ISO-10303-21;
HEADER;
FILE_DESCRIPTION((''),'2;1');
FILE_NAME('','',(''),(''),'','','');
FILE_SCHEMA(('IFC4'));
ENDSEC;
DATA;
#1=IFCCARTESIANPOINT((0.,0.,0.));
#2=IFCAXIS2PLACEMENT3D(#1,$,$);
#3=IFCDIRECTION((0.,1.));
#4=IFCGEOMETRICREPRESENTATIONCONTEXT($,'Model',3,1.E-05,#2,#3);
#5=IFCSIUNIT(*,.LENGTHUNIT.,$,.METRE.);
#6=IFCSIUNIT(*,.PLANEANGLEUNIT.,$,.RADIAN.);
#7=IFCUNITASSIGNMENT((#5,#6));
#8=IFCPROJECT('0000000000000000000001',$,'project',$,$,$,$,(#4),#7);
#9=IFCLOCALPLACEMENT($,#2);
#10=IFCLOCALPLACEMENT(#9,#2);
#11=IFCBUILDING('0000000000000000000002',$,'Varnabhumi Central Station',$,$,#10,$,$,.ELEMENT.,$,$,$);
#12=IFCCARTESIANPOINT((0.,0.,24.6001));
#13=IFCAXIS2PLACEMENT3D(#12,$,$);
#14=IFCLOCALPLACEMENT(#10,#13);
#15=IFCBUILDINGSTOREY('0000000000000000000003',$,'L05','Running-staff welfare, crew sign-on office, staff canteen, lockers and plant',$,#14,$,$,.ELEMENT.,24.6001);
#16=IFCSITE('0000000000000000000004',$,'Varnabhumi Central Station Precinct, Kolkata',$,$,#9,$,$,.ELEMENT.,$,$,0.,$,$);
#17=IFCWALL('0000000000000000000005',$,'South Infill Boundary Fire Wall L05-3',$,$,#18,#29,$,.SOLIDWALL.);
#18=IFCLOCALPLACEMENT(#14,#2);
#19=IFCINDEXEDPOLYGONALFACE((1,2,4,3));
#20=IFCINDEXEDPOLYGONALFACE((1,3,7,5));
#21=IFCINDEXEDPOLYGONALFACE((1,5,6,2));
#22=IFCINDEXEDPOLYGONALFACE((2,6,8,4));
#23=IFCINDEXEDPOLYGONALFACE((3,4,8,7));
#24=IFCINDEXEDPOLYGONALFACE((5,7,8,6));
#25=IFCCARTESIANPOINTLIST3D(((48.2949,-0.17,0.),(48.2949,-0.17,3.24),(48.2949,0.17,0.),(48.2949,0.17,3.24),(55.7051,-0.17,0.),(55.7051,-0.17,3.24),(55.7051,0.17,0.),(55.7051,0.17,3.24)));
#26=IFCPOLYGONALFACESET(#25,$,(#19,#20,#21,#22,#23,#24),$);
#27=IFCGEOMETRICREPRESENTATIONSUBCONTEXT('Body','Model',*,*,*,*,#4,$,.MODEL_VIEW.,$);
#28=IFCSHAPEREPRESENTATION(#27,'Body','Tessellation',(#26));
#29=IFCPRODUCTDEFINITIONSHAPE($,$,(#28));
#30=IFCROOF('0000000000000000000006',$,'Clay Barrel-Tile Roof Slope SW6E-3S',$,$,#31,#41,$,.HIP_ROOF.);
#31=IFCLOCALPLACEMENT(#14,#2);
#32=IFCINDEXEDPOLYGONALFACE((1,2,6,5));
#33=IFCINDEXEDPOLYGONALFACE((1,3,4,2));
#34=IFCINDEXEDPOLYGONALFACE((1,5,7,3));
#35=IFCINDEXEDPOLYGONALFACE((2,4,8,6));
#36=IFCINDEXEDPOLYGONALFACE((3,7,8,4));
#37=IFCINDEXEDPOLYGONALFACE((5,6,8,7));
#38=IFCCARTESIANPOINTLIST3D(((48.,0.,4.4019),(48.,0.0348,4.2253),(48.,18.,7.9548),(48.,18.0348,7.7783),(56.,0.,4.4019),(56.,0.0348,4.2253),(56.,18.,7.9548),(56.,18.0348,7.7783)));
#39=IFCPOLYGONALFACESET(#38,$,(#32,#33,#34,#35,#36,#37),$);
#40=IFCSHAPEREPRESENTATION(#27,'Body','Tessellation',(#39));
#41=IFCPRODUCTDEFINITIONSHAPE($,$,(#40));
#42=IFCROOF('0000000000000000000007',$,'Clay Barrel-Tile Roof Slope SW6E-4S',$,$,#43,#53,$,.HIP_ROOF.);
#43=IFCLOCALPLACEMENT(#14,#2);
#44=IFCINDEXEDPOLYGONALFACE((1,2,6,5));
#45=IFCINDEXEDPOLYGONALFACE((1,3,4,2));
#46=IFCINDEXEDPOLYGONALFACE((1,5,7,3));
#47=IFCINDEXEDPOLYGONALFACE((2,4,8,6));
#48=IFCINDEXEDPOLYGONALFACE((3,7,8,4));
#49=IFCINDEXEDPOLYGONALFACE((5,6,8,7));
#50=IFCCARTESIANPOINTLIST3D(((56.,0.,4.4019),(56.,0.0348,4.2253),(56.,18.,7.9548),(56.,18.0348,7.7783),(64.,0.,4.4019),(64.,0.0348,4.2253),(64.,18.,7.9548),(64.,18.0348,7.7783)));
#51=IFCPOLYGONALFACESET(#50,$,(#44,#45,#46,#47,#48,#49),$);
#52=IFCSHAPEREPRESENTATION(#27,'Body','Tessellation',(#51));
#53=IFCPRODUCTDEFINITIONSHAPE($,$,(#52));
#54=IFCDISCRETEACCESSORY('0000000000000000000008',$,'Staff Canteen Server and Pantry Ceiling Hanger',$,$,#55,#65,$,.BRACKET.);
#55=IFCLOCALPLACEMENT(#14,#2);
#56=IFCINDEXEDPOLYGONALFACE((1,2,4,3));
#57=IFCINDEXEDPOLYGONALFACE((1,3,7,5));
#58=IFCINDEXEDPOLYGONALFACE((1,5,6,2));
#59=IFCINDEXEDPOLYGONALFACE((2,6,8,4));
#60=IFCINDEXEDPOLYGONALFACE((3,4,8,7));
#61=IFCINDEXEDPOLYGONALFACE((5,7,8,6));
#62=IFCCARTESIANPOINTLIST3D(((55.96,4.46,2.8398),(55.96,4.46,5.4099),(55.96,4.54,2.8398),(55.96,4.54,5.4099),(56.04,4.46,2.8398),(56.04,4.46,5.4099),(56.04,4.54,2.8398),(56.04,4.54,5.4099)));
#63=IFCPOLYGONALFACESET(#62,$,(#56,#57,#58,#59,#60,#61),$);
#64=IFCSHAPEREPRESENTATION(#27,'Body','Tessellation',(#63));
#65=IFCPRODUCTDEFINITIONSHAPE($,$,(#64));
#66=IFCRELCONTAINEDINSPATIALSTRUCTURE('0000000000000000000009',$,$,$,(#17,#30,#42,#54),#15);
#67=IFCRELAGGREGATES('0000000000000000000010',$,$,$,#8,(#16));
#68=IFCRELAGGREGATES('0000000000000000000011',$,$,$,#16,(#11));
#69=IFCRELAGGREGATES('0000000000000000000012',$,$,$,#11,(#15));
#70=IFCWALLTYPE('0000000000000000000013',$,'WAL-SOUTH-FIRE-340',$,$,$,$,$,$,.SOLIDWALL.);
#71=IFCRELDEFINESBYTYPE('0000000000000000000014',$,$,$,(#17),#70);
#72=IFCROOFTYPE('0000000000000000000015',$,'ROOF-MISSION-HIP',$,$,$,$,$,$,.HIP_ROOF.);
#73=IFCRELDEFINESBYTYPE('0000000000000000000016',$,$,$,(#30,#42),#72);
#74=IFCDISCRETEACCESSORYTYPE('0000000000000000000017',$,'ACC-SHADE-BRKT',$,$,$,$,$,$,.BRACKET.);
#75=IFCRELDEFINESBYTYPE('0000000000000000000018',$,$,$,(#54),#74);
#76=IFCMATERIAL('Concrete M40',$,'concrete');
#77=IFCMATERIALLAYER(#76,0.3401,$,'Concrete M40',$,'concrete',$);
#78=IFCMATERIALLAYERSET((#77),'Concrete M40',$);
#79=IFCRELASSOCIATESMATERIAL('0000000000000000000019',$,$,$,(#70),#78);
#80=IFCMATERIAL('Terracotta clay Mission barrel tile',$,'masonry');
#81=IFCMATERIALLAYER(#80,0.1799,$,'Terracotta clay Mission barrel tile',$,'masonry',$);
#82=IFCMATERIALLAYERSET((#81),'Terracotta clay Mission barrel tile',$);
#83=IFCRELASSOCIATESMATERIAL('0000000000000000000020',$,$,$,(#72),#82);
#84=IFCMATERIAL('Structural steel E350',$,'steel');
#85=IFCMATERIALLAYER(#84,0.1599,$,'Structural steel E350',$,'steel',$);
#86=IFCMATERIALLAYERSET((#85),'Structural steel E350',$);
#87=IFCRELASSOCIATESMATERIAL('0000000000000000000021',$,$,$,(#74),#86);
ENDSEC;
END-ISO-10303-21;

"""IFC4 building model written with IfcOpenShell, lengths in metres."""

from ifc_helpers import new_model, si_unit, direction, frame, frame_2d, origin, origin_2d, place, context, subcontext, project, spatial, polyline, rectangle, outline, extrude, material, layer, layer_set, type_object, element, save


model = new_model("IFC4")

# Units and contexts
model_context = context("Model", 3, precision=1e-05, world=origin(), true_north=direction((0.0, 1.0)))
body_context = subcontext(model_context, "Body", "Model", "MODEL_VIEW")
ifc_project = project(units=[si_unit("LENGTHUNIT", "METRE"), si_unit("PLANEANGLEUNIT", "RADIAN")], contexts=[model_context])

# Site, building, storey
site_placement = place(None, origin())
site = spatial("IfcSite", under=ifc_project, at=site_placement, Name="Varnabhumi Central Station Precinct, Kolkata", CompositionType="ELEMENT", RefElevation=0.0)
building_placement = place(site_placement, origin())
building = spatial("IfcBuilding", under=site, at=building_placement, Name="Varnabhumi Central Station", CompositionType="ELEMENT")
storey_placement = place(building_placement, frame((0.0, 0.0, 24.6001)))
storey = spatial("IfcBuildingStorey", under=building, at=storey_placement, Name="L05", Description="Running-staff welfare, crew sign-on office, staff canteen, lockers and plant", CompositionType="ELEMENT", Elevation=24.6001)

# Shared definitions
ifc_material_1 = material(Name="Concrete M40", Category="concrete")
ifc_material_2 = material(Name="Structural steel E350", Category="steel")

# Wall
ifc_layer_1 = layer(ifc_material_1, 0.3401, Name="Concrete M40", Category="concrete")
ifc_layer_set_1 = layer_set([ifc_layer_1], Name="Concrete M40")
wall_type_1 = type_object("IfcWallType", Name="WAL-SOUTH-FIRE-340", PredefinedType="SOLIDWALL", material=ifc_layer_set_1)
wall_1_placement = place(storey_placement, frame((48.2949, 0.0, 0.0), z_axis=(0.0, 0.0, 1.0), x_axis=(1.0, 0.0, 0.0)))
element("IfcWall", 1, at=wall_1_placement, inside=storey, type_object=wall_type_1, Name="South Infill Boundary Fire Wall L05-3", PredefinedType="SOLIDWALL", context=body_context, shape_type="SweptSolid", body=[
    extrude(rectangle(XDim=7.4102, YDim=0.3401, at=frame_2d((3.7051, 0.0))), origin(), (0.0, 0.0, 1.0), 3.24),
])

# Roofs
ifc_material_3 = material(Name="Terracotta clay Mission barrel tile", Category="masonry")
ifc_layer_2 = layer(ifc_material_3, 0.1799, Name="Terracotta clay Mission barrel tile", Category="masonry")
ifc_layer_set_2 = layer_set([ifc_layer_2], Name="Terracotta clay Mission barrel tile")
roof_type = type_object("IfcRoofType", Name="ROOF-MISSION-HIP", PredefinedType="HIP_ROOF", material=ifc_layer_set_2)
for number, where, z_axis, x_axis, name in (
    (2, (48.0, 0.0, 4.4019), (0.0, -0.193651, 0.98107), (1.0, 0.0, 0.0), "Clay Barrel-Tile Roof Slope SW6E-3S"),
    (3, (56.0, 0.0, 4.4019), (0.0, -0.193651, 0.98107), (1.0, 0.0, 0.0), "Clay Barrel-Tile Roof Slope SW6E-4S"),
):
    element("IfcRoof", number, at=place(storey_placement, frame(where, z_axis=z_axis, x_axis=x_axis)), inside=storey, type_object=roof_type, Name=name, PredefinedType="HIP_ROOF", context=body_context, shape_type="SweptSolid", body=[
        extrude(outline(polyline([(0.0, 0.0), (8.0, 0.0), (8.0, 18.3473), (0.0, 18.3473), (0.0, 0.0)])), origin(), (0.0, 0.0, -1.0), 0.1799),
    ])

# Discrete accessory
ifc_layer_3 = layer(ifc_material_2, 0.1599, Name="Structural steel E350", Category="steel")
ifc_layer_set_3 = layer_set([ifc_layer_3], Name="Structural steel E350")
discrete_accessory_type = type_object("IfcDiscreteAccessoryType", Name="ACC-SHADE-BRKT", PredefinedType="BRACKET", material=ifc_layer_set_3)
discrete_accessory_placement = place(storey_placement, frame((56.0, 4.5, 2.8398), z_axis=(0.0, 0.0, 1.0), x_axis=(1.0, 0.0, 0.0)))
element("IfcDiscreteAccessory", 4, at=discrete_accessory_placement, inside=storey, type_object=discrete_accessory_type, Name="Staff Canteen Server and Pantry Ceiling Hanger", PredefinedType="BRACKET", context=body_context, shape_type="SweptSolid", body=[
    extrude(rectangle(XDim=0.0801, YDim=0.0801, at=origin_2d()), origin(), (0.0, 0.0, 1.0), 2.5701),
])

save(model, "model.ifc")
